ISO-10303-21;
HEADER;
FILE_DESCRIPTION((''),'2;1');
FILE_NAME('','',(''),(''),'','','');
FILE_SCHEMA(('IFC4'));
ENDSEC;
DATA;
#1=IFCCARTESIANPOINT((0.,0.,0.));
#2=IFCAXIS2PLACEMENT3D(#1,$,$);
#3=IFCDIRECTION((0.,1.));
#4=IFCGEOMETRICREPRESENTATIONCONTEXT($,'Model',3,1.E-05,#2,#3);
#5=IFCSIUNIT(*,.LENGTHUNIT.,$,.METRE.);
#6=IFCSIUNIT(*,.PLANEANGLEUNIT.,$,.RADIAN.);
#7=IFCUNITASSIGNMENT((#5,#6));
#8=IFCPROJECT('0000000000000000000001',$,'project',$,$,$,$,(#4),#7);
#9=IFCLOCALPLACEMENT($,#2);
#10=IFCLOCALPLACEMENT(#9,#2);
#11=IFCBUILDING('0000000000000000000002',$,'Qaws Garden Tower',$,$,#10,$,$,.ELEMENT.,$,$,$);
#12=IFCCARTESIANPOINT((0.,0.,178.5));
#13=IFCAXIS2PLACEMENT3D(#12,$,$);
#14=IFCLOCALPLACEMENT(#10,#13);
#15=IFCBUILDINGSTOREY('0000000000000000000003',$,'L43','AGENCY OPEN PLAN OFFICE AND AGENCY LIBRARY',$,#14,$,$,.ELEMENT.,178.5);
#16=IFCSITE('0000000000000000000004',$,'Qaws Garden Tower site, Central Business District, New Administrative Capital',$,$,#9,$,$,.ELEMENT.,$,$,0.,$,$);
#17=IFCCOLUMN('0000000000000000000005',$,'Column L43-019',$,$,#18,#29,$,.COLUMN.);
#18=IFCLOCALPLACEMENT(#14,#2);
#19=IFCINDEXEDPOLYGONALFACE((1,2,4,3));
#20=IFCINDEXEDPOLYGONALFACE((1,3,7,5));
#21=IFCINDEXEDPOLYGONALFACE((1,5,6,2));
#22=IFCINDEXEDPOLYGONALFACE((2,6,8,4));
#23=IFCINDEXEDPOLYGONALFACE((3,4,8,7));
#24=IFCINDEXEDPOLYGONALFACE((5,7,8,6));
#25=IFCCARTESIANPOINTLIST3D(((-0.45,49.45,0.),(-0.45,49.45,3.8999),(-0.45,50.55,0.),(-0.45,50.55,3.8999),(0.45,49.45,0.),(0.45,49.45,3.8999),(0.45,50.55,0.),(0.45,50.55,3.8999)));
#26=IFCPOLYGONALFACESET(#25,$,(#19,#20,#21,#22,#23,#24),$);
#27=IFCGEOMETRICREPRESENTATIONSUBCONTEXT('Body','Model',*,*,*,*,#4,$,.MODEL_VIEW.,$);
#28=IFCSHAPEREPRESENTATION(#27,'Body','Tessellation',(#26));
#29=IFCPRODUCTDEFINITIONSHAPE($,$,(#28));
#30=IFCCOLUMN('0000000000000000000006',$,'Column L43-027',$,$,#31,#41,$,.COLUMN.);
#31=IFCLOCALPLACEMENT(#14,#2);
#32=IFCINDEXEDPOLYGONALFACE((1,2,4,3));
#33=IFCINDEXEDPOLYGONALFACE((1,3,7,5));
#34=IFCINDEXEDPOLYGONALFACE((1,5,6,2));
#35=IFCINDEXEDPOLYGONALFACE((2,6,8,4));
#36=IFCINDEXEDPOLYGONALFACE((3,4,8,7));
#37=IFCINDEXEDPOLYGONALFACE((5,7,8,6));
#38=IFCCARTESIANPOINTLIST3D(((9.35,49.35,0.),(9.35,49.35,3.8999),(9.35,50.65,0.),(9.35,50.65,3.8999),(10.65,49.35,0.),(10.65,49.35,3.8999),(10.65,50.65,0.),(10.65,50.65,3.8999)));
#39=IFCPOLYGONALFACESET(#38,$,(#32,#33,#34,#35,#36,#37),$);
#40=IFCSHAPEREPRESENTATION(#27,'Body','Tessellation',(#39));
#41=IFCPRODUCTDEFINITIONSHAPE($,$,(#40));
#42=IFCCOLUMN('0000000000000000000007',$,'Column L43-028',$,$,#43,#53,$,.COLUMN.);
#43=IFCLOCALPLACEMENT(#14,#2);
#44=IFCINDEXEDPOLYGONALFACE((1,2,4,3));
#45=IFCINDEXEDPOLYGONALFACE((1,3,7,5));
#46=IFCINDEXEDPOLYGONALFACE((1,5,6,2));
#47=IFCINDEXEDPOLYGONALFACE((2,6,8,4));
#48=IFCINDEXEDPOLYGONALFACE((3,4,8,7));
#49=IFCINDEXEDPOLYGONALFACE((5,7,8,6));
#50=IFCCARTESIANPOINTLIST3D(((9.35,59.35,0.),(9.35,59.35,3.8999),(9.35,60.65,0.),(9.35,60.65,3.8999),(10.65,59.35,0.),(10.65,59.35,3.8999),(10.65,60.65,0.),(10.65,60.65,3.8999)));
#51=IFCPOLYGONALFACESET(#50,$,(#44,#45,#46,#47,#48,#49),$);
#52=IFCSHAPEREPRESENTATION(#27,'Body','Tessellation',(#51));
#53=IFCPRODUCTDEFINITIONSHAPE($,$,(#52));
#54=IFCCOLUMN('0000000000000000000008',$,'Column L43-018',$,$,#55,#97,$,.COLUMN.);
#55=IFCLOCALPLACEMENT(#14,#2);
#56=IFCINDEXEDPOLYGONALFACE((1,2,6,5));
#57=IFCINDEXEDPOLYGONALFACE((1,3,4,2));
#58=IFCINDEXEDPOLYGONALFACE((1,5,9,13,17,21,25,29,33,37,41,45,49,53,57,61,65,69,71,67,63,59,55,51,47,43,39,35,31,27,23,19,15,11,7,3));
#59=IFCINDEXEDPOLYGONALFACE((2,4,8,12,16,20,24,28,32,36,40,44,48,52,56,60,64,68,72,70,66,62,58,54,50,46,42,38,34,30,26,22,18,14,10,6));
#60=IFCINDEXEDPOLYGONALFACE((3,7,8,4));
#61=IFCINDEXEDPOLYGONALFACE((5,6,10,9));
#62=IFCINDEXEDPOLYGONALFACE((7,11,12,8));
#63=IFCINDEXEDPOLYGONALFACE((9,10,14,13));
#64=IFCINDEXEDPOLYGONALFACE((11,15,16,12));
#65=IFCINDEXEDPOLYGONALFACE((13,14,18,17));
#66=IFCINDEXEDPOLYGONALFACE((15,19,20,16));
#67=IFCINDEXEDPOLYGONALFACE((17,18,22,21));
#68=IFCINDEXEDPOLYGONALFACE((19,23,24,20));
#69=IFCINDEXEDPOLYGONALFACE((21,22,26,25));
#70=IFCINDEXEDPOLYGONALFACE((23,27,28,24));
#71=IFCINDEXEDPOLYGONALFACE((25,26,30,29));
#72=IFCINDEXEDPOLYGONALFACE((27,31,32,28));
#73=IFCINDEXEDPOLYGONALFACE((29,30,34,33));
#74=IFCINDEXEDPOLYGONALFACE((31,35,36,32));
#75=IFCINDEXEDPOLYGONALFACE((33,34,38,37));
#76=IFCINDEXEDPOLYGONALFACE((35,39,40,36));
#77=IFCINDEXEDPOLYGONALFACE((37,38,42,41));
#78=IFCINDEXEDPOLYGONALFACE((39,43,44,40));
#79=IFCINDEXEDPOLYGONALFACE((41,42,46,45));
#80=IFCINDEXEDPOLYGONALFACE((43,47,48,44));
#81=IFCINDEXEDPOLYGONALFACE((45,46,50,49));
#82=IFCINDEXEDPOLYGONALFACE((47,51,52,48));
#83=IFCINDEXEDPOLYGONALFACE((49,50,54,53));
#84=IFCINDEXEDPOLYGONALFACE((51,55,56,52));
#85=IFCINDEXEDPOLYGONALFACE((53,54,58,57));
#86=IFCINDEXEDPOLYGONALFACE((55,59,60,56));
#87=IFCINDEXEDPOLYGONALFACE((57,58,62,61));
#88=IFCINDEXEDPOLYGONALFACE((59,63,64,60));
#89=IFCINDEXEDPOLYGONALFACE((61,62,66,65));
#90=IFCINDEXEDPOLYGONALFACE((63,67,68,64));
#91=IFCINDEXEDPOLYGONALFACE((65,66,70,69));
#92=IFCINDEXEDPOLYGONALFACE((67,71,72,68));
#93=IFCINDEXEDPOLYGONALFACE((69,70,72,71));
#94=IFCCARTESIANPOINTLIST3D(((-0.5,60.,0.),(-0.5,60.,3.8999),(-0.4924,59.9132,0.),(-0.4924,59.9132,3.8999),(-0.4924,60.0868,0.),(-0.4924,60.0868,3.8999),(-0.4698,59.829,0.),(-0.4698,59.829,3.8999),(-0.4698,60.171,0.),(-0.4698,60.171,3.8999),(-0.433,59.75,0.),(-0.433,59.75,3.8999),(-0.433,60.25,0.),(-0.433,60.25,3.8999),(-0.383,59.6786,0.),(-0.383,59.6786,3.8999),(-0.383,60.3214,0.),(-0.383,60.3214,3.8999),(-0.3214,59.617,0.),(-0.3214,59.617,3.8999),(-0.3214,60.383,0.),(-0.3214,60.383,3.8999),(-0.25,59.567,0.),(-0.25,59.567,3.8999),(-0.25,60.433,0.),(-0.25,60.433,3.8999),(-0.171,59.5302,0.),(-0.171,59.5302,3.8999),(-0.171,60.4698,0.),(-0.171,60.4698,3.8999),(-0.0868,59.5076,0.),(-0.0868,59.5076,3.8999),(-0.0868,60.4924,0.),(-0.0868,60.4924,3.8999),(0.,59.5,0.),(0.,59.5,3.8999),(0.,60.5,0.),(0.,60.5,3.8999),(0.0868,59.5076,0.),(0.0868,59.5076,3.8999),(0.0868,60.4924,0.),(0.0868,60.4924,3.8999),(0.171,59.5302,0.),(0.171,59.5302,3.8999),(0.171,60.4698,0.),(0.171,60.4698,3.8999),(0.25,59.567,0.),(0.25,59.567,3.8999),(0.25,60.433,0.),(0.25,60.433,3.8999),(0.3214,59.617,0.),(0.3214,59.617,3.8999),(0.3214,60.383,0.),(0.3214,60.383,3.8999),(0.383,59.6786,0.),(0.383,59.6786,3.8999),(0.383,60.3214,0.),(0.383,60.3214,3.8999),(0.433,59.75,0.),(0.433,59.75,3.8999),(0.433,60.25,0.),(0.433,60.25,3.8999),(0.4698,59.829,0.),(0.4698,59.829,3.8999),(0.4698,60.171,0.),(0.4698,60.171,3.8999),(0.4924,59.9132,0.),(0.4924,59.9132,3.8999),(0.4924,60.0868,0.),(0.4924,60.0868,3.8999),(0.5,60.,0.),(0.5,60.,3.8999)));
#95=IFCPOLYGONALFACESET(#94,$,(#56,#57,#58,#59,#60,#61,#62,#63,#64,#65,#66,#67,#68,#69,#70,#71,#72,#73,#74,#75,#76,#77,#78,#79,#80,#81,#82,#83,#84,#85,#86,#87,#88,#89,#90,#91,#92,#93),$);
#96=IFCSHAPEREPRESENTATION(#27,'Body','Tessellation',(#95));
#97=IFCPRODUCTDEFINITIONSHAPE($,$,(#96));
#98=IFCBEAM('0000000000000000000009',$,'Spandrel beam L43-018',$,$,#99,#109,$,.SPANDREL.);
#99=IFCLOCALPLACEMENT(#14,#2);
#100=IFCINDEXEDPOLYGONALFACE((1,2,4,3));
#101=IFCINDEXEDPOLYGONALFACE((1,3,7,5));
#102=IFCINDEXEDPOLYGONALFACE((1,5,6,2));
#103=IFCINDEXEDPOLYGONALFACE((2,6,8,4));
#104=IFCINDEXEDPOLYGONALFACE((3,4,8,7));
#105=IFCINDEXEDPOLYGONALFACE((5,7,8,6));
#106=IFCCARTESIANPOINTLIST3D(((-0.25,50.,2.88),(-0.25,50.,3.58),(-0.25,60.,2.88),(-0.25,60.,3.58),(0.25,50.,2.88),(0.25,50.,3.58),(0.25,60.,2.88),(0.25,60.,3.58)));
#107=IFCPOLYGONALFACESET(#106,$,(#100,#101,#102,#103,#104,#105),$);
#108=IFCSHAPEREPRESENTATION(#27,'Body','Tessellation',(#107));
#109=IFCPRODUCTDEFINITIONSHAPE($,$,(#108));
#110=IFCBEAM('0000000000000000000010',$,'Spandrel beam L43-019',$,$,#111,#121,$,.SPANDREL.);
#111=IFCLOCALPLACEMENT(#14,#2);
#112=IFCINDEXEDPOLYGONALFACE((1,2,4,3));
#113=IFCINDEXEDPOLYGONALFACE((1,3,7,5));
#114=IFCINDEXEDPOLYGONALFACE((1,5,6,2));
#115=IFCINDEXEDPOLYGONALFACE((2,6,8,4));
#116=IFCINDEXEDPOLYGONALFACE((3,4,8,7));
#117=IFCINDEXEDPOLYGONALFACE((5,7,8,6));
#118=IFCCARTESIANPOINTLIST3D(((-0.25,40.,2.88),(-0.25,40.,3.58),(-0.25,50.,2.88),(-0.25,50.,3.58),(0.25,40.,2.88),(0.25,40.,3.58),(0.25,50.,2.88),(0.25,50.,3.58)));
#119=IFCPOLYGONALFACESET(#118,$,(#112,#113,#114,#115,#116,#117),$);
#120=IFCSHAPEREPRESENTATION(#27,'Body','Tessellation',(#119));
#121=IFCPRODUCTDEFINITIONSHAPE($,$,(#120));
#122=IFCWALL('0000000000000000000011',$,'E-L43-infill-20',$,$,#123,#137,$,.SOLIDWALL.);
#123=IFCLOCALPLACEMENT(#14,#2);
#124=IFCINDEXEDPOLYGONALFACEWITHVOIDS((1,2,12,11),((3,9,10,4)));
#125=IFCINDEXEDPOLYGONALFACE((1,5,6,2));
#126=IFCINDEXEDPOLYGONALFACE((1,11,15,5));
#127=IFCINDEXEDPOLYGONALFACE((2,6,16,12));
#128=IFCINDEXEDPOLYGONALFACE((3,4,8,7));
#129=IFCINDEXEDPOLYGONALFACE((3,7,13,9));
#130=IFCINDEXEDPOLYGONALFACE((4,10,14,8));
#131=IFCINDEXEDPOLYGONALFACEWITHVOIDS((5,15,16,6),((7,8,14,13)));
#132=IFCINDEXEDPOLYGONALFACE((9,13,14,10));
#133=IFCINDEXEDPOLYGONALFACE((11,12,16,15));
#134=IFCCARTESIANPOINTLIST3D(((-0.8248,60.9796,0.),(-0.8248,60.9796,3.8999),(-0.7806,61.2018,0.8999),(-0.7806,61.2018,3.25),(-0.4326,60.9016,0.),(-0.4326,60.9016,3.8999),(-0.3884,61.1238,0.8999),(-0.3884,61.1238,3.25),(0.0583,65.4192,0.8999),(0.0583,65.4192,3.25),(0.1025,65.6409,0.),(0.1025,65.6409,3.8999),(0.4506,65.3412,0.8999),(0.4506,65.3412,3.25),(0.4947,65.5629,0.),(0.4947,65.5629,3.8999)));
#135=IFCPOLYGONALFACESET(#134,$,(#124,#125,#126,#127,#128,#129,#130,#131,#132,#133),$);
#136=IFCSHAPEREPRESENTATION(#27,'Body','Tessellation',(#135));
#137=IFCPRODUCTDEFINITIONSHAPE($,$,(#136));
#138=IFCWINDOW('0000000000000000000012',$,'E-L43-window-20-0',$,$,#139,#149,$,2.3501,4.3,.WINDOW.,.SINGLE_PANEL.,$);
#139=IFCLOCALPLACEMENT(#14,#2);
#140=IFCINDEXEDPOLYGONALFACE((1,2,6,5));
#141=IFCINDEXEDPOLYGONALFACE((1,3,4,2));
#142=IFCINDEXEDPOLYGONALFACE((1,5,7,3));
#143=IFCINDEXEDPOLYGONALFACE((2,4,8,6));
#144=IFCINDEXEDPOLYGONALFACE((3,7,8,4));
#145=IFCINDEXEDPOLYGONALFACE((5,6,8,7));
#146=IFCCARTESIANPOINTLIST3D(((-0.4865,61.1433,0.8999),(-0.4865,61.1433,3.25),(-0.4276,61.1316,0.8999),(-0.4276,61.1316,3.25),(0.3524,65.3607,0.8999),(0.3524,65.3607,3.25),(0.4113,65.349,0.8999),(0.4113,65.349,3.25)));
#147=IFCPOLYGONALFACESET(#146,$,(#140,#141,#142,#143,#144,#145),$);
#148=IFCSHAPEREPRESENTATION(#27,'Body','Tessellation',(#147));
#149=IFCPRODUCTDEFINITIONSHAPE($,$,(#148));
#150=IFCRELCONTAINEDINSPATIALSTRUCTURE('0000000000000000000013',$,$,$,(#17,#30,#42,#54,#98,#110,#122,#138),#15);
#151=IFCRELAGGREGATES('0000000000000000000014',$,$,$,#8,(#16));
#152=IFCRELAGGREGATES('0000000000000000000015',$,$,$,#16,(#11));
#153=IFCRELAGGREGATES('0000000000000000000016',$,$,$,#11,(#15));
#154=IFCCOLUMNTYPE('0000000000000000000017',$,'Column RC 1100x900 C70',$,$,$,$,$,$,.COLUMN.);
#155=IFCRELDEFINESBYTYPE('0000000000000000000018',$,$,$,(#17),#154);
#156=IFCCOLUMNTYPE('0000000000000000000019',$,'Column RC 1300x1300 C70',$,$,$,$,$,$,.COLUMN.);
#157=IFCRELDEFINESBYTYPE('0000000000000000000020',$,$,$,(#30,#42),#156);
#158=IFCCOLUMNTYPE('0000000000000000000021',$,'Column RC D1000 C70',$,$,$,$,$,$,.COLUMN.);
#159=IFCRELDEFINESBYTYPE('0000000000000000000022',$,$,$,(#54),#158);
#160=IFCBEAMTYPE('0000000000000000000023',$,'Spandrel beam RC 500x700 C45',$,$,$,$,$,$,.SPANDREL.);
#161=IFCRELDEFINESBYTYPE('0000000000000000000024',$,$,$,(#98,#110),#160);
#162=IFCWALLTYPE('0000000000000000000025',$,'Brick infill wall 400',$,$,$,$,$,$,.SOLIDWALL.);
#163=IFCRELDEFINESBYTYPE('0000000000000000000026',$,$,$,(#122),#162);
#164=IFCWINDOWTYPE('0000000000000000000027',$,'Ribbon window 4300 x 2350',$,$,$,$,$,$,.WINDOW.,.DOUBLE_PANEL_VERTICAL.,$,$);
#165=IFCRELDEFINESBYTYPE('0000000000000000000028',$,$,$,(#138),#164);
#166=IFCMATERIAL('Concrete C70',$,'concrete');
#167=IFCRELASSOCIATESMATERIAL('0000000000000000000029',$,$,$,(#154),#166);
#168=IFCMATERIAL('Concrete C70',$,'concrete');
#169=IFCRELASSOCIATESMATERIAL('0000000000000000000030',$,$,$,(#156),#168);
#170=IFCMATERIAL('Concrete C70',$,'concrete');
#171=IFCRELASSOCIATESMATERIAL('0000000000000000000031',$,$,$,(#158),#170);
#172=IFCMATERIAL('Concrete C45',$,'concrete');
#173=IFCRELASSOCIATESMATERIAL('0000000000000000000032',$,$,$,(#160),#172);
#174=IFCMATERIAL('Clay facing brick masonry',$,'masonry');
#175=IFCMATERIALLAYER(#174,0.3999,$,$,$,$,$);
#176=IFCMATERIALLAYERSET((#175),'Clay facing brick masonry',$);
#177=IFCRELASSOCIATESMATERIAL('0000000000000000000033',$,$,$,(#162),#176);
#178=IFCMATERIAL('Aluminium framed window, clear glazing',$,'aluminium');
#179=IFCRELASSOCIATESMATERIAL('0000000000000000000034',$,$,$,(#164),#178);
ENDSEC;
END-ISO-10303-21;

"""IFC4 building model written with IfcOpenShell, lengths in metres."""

from ifc_helpers import new_model, si_unit, direction, frame, frame_2d, origin, origin_2d, place, context, subcontext, project, spatial, rectangle, circle, extrude, material, layer, layer_set, material_profile, profile_set, type_object, element, fill, save


model = new_model("IFC4")

# Units and contexts
model_context = context("Model", 3, precision=1e-05, world=origin(), true_north=direction((0.0, 1.0)))
body_context = subcontext(model_context, "Body", "Model", "MODEL_VIEW")
ifc_project = project(units=[si_unit("LENGTHUNIT", "METRE"), si_unit("PLANEANGLEUNIT", "RADIAN")], contexts=[model_context])

# Site, building, storey
site_placement = place(None, origin())
site = spatial("IfcSite", under=ifc_project, at=site_placement, Name="Qaws Garden Tower site, Central Business District, New Administrative Capital", CompositionType="ELEMENT", RefElevation=0.0)
building_placement = place(site_placement, origin())
building = spatial("IfcBuilding", under=site, at=building_placement, Name="Qaws Garden Tower", CompositionType="ELEMENT")
storey_placement = place(building_placement, frame((0.0, 0.0, 178.5)))
storey = spatial("IfcBuildingStorey", under=building, at=storey_placement, Name="L43", Description="AGENCY OPEN PLAN OFFICE AND AGENCY LIBRARY", CompositionType="ELEMENT", Elevation=178.5)

# Columns
ifc_material_1 = material(Name="Concrete C70", Category="concrete")
ifc_material_profile_1 = material_profile(ifc_material_1, rectangle(XDim=1.1001, YDim=0.8999, at=origin_2d()), Name="RC 1100x900")
ifc_profile_set_1 = profile_set([ifc_material_profile_1], Name="Concrete C70")
column_type_1 = type_object("IfcColumnType", Name="Column RC 1100x900 C70", PredefinedType="COLUMN", material=ifc_profile_set_1)
column_1_placement = place(storey_placement, frame((0.0, 50.0, 0.0), z_axis=(0.0, 0.0, 1.0), x_axis=(0.0, 1.0, 0.0)))
element("IfcColumn", 1, at=column_1_placement, inside=storey, type_object=column_type_1, Name="Column L43-019", PredefinedType="COLUMN", context=body_context, shape_type="SweptSolid", body=[
    extrude(rectangle(XDim=1.1001, YDim=0.8999, at=origin_2d()), origin(), (0.0, 0.0, 1.0), 3.8999),
])
ifc_material_2 = material(Name="Concrete C70", Category="concrete")
ifc_material_profile_2 = material_profile(ifc_material_2, rectangle(XDim=1.3, YDim=1.3, at=origin_2d()), Name="RC 1300x1300")
ifc_profile_set_2 = profile_set([ifc_material_profile_2], Name="Concrete C70")
column_type_2 = type_object("IfcColumnType", Name="Column RC 1300x1300 C70", PredefinedType="COLUMN", material=ifc_profile_set_2)
for number, where, z_axis, x_axis, name in (
    (2, (10.0, 50.0, 0.0), (0.0, 0.0, 1.0), (1.0, 0.0, 0.0), "Column L43-027"),
    (3, (10.0, 60.0, 0.0), (0.0, 0.0, 1.0), (1.0, 0.0, 0.0), "Column L43-028"),
):
    element("IfcColumn", number, at=place(storey_placement, frame(where, z_axis=z_axis, x_axis=x_axis)), inside=storey, type_object=column_type_2, Name=name, PredefinedType="COLUMN", context=body_context, shape_type="SweptSolid", body=[
        extrude(rectangle(XDim=1.3, YDim=1.3, at=origin_2d()), origin(), (0.0, 0.0, 1.0), 3.8999),
    ])
ifc_material_3 = material(Name="Concrete C70", Category="concrete")
ifc_material_profile_3 = material_profile(ifc_material_3, circle(Radius=0.5, at=origin_2d()), Name="RC D1000")
ifc_profile_set_3 = profile_set([ifc_material_profile_3], Name="Concrete C70")
column_type_3 = type_object("IfcColumnType", Name="Column RC D1000 C70", PredefinedType="COLUMN", material=ifc_profile_set_3)
column_2_placement = place(storey_placement, frame((0.0, 60.0, 0.0), z_axis=(0.0, 0.0, 1.0), x_axis=(1.0, 0.0, 0.0)))
element("IfcColumn", 4, at=column_2_placement, inside=storey, type_object=column_type_3, Name="Column L43-018", PredefinedType="COLUMN", context=body_context, shape_type="SweptSolid", body=[
    extrude(circle(Radius=0.5, at=origin_2d()), origin(), (0.0, 0.0, 1.0), 3.8999),
])

# Beams
ifc_material_4 = material(Name="Concrete C45", Category="concrete")
ifc_material_profile_4 = material_profile(ifc_material_4, rectangle(XDim=0.5, YDim=0.7, at=origin_2d()), Name="RC 500x700")
ifc_profile_set_4 = profile_set([ifc_material_profile_4], Name="Concrete C45")
beam_type = type_object("IfcBeamType", Name="Spandrel beam RC 500x700 C45", PredefinedType="SPANDREL", material=ifc_profile_set_4)
for number, where, z_axis, x_axis, name in (
    (5, (0.0, 60.0, 3.23), (0.0, -1.0, 0.0), (1.0, 0.0, 0.0), "Spandrel beam L43-018"),
    (6, (0.0, 50.0, 3.23), (0.0, -1.0, 0.0), (1.0, 0.0, 0.0), "Spandrel beam L43-019"),
):
    element("IfcBeam", number, at=place(storey_placement, frame(where, z_axis=z_axis, x_axis=x_axis)), inside=storey, type_object=beam_type, Name=name, PredefinedType="SPANDREL", context=body_context, shape_type="SweptSolid", body=[
        extrude(rectangle(XDim=0.5, YDim=0.7, at=origin_2d()), origin(), (0.0, 0.0, 1.0), 10.0),
    ])

# Wall, opening, window
ifc_material_5 = material(Name="Clay facing brick masonry", Category="masonry")
ifc_layer_1 = layer(ifc_material_5, 0.3999)
ifc_layer_set_1 = layer_set([ifc_layer_1], Name="Clay facing brick masonry")
wall_type_1 = type_object("IfcWallType", Name="Brick infill wall 400", PredefinedType="SOLIDWALL", material=ifc_layer_set_1)
wall_1_placement = place(storey_placement, frame((0.2986, 65.6021, 0.0), z_axis=(0.0, 0.0, 1.0), x_axis=(-0.195099, -0.980784, 0.0)))
wall_1 = element("IfcWall", 7, at=wall_1_placement, inside=storey, type_object=wall_type_1, Name="E-L43-infill-20", PredefinedType="SOLIDWALL", context=body_context, shape_type="SweptSolid", body=[
    extrude(rectangle(XDim=4.7527, YDim=0.3999, at=frame_2d((2.3765, 0.0))), origin(), (0.0, 0.0, 1.0), 3.8999),
])
opening_1_placement = place(wall_1_placement, frame((0.2263, 0.0, 0.8999)))
opening_1 = element("IfcOpeningElement", 8, at=opening_1_placement, cuts=wall_1, PredefinedType="OPENING", context=body_context, shape_type="SweptSolid", body=[
    extrude(rectangle(XDim=4.3, YDim=2.3501, at=frame_2d((2.1499, 1.175))), frame((0.0, 0.21, 0.0), z_axis=(0.0, -1.0, 0.0), x_axis=(1.0, 0.0, 0.0)), (0.0, 0.0, 1.0), 0.4199),
])
ifc_material_6 = material(Name="Aluminium framed window, clear glazing", Category="aluminium")
window_type_1 = type_object("IfcWindowType", Name="Ribbon window 4300 x 2350", PartitioningType="DOUBLE_PANEL_VERTICAL", PredefinedType="WINDOW", material=ifc_material_6)
window_1_placement = place(opening_1_placement, origin())
window_1 = element("IfcWindow", 9, at=window_1_placement, inside=storey, type_object=window_type_1, Name="E-L43-window-20-0", OverallHeight=2.3501, OverallWidth=4.3, PartitioningType="SINGLE_PANEL", PredefinedType="WINDOW", context=body_context, shape_type="SweptSolid", body=[
    extrude(rectangle(XDim=4.3, YDim=2.3501, at=frame_2d((2.1499, 1.175))), frame((0.0, 0.1599, 0.0), z_axis=(0.0, -1.0, 0.0), x_axis=(1.0, 0.0, 0.0)), (0.0, 0.0, 1.0), 0.0601),
])
fill(opening_1, window_1)

save(model, "model.ifc")
